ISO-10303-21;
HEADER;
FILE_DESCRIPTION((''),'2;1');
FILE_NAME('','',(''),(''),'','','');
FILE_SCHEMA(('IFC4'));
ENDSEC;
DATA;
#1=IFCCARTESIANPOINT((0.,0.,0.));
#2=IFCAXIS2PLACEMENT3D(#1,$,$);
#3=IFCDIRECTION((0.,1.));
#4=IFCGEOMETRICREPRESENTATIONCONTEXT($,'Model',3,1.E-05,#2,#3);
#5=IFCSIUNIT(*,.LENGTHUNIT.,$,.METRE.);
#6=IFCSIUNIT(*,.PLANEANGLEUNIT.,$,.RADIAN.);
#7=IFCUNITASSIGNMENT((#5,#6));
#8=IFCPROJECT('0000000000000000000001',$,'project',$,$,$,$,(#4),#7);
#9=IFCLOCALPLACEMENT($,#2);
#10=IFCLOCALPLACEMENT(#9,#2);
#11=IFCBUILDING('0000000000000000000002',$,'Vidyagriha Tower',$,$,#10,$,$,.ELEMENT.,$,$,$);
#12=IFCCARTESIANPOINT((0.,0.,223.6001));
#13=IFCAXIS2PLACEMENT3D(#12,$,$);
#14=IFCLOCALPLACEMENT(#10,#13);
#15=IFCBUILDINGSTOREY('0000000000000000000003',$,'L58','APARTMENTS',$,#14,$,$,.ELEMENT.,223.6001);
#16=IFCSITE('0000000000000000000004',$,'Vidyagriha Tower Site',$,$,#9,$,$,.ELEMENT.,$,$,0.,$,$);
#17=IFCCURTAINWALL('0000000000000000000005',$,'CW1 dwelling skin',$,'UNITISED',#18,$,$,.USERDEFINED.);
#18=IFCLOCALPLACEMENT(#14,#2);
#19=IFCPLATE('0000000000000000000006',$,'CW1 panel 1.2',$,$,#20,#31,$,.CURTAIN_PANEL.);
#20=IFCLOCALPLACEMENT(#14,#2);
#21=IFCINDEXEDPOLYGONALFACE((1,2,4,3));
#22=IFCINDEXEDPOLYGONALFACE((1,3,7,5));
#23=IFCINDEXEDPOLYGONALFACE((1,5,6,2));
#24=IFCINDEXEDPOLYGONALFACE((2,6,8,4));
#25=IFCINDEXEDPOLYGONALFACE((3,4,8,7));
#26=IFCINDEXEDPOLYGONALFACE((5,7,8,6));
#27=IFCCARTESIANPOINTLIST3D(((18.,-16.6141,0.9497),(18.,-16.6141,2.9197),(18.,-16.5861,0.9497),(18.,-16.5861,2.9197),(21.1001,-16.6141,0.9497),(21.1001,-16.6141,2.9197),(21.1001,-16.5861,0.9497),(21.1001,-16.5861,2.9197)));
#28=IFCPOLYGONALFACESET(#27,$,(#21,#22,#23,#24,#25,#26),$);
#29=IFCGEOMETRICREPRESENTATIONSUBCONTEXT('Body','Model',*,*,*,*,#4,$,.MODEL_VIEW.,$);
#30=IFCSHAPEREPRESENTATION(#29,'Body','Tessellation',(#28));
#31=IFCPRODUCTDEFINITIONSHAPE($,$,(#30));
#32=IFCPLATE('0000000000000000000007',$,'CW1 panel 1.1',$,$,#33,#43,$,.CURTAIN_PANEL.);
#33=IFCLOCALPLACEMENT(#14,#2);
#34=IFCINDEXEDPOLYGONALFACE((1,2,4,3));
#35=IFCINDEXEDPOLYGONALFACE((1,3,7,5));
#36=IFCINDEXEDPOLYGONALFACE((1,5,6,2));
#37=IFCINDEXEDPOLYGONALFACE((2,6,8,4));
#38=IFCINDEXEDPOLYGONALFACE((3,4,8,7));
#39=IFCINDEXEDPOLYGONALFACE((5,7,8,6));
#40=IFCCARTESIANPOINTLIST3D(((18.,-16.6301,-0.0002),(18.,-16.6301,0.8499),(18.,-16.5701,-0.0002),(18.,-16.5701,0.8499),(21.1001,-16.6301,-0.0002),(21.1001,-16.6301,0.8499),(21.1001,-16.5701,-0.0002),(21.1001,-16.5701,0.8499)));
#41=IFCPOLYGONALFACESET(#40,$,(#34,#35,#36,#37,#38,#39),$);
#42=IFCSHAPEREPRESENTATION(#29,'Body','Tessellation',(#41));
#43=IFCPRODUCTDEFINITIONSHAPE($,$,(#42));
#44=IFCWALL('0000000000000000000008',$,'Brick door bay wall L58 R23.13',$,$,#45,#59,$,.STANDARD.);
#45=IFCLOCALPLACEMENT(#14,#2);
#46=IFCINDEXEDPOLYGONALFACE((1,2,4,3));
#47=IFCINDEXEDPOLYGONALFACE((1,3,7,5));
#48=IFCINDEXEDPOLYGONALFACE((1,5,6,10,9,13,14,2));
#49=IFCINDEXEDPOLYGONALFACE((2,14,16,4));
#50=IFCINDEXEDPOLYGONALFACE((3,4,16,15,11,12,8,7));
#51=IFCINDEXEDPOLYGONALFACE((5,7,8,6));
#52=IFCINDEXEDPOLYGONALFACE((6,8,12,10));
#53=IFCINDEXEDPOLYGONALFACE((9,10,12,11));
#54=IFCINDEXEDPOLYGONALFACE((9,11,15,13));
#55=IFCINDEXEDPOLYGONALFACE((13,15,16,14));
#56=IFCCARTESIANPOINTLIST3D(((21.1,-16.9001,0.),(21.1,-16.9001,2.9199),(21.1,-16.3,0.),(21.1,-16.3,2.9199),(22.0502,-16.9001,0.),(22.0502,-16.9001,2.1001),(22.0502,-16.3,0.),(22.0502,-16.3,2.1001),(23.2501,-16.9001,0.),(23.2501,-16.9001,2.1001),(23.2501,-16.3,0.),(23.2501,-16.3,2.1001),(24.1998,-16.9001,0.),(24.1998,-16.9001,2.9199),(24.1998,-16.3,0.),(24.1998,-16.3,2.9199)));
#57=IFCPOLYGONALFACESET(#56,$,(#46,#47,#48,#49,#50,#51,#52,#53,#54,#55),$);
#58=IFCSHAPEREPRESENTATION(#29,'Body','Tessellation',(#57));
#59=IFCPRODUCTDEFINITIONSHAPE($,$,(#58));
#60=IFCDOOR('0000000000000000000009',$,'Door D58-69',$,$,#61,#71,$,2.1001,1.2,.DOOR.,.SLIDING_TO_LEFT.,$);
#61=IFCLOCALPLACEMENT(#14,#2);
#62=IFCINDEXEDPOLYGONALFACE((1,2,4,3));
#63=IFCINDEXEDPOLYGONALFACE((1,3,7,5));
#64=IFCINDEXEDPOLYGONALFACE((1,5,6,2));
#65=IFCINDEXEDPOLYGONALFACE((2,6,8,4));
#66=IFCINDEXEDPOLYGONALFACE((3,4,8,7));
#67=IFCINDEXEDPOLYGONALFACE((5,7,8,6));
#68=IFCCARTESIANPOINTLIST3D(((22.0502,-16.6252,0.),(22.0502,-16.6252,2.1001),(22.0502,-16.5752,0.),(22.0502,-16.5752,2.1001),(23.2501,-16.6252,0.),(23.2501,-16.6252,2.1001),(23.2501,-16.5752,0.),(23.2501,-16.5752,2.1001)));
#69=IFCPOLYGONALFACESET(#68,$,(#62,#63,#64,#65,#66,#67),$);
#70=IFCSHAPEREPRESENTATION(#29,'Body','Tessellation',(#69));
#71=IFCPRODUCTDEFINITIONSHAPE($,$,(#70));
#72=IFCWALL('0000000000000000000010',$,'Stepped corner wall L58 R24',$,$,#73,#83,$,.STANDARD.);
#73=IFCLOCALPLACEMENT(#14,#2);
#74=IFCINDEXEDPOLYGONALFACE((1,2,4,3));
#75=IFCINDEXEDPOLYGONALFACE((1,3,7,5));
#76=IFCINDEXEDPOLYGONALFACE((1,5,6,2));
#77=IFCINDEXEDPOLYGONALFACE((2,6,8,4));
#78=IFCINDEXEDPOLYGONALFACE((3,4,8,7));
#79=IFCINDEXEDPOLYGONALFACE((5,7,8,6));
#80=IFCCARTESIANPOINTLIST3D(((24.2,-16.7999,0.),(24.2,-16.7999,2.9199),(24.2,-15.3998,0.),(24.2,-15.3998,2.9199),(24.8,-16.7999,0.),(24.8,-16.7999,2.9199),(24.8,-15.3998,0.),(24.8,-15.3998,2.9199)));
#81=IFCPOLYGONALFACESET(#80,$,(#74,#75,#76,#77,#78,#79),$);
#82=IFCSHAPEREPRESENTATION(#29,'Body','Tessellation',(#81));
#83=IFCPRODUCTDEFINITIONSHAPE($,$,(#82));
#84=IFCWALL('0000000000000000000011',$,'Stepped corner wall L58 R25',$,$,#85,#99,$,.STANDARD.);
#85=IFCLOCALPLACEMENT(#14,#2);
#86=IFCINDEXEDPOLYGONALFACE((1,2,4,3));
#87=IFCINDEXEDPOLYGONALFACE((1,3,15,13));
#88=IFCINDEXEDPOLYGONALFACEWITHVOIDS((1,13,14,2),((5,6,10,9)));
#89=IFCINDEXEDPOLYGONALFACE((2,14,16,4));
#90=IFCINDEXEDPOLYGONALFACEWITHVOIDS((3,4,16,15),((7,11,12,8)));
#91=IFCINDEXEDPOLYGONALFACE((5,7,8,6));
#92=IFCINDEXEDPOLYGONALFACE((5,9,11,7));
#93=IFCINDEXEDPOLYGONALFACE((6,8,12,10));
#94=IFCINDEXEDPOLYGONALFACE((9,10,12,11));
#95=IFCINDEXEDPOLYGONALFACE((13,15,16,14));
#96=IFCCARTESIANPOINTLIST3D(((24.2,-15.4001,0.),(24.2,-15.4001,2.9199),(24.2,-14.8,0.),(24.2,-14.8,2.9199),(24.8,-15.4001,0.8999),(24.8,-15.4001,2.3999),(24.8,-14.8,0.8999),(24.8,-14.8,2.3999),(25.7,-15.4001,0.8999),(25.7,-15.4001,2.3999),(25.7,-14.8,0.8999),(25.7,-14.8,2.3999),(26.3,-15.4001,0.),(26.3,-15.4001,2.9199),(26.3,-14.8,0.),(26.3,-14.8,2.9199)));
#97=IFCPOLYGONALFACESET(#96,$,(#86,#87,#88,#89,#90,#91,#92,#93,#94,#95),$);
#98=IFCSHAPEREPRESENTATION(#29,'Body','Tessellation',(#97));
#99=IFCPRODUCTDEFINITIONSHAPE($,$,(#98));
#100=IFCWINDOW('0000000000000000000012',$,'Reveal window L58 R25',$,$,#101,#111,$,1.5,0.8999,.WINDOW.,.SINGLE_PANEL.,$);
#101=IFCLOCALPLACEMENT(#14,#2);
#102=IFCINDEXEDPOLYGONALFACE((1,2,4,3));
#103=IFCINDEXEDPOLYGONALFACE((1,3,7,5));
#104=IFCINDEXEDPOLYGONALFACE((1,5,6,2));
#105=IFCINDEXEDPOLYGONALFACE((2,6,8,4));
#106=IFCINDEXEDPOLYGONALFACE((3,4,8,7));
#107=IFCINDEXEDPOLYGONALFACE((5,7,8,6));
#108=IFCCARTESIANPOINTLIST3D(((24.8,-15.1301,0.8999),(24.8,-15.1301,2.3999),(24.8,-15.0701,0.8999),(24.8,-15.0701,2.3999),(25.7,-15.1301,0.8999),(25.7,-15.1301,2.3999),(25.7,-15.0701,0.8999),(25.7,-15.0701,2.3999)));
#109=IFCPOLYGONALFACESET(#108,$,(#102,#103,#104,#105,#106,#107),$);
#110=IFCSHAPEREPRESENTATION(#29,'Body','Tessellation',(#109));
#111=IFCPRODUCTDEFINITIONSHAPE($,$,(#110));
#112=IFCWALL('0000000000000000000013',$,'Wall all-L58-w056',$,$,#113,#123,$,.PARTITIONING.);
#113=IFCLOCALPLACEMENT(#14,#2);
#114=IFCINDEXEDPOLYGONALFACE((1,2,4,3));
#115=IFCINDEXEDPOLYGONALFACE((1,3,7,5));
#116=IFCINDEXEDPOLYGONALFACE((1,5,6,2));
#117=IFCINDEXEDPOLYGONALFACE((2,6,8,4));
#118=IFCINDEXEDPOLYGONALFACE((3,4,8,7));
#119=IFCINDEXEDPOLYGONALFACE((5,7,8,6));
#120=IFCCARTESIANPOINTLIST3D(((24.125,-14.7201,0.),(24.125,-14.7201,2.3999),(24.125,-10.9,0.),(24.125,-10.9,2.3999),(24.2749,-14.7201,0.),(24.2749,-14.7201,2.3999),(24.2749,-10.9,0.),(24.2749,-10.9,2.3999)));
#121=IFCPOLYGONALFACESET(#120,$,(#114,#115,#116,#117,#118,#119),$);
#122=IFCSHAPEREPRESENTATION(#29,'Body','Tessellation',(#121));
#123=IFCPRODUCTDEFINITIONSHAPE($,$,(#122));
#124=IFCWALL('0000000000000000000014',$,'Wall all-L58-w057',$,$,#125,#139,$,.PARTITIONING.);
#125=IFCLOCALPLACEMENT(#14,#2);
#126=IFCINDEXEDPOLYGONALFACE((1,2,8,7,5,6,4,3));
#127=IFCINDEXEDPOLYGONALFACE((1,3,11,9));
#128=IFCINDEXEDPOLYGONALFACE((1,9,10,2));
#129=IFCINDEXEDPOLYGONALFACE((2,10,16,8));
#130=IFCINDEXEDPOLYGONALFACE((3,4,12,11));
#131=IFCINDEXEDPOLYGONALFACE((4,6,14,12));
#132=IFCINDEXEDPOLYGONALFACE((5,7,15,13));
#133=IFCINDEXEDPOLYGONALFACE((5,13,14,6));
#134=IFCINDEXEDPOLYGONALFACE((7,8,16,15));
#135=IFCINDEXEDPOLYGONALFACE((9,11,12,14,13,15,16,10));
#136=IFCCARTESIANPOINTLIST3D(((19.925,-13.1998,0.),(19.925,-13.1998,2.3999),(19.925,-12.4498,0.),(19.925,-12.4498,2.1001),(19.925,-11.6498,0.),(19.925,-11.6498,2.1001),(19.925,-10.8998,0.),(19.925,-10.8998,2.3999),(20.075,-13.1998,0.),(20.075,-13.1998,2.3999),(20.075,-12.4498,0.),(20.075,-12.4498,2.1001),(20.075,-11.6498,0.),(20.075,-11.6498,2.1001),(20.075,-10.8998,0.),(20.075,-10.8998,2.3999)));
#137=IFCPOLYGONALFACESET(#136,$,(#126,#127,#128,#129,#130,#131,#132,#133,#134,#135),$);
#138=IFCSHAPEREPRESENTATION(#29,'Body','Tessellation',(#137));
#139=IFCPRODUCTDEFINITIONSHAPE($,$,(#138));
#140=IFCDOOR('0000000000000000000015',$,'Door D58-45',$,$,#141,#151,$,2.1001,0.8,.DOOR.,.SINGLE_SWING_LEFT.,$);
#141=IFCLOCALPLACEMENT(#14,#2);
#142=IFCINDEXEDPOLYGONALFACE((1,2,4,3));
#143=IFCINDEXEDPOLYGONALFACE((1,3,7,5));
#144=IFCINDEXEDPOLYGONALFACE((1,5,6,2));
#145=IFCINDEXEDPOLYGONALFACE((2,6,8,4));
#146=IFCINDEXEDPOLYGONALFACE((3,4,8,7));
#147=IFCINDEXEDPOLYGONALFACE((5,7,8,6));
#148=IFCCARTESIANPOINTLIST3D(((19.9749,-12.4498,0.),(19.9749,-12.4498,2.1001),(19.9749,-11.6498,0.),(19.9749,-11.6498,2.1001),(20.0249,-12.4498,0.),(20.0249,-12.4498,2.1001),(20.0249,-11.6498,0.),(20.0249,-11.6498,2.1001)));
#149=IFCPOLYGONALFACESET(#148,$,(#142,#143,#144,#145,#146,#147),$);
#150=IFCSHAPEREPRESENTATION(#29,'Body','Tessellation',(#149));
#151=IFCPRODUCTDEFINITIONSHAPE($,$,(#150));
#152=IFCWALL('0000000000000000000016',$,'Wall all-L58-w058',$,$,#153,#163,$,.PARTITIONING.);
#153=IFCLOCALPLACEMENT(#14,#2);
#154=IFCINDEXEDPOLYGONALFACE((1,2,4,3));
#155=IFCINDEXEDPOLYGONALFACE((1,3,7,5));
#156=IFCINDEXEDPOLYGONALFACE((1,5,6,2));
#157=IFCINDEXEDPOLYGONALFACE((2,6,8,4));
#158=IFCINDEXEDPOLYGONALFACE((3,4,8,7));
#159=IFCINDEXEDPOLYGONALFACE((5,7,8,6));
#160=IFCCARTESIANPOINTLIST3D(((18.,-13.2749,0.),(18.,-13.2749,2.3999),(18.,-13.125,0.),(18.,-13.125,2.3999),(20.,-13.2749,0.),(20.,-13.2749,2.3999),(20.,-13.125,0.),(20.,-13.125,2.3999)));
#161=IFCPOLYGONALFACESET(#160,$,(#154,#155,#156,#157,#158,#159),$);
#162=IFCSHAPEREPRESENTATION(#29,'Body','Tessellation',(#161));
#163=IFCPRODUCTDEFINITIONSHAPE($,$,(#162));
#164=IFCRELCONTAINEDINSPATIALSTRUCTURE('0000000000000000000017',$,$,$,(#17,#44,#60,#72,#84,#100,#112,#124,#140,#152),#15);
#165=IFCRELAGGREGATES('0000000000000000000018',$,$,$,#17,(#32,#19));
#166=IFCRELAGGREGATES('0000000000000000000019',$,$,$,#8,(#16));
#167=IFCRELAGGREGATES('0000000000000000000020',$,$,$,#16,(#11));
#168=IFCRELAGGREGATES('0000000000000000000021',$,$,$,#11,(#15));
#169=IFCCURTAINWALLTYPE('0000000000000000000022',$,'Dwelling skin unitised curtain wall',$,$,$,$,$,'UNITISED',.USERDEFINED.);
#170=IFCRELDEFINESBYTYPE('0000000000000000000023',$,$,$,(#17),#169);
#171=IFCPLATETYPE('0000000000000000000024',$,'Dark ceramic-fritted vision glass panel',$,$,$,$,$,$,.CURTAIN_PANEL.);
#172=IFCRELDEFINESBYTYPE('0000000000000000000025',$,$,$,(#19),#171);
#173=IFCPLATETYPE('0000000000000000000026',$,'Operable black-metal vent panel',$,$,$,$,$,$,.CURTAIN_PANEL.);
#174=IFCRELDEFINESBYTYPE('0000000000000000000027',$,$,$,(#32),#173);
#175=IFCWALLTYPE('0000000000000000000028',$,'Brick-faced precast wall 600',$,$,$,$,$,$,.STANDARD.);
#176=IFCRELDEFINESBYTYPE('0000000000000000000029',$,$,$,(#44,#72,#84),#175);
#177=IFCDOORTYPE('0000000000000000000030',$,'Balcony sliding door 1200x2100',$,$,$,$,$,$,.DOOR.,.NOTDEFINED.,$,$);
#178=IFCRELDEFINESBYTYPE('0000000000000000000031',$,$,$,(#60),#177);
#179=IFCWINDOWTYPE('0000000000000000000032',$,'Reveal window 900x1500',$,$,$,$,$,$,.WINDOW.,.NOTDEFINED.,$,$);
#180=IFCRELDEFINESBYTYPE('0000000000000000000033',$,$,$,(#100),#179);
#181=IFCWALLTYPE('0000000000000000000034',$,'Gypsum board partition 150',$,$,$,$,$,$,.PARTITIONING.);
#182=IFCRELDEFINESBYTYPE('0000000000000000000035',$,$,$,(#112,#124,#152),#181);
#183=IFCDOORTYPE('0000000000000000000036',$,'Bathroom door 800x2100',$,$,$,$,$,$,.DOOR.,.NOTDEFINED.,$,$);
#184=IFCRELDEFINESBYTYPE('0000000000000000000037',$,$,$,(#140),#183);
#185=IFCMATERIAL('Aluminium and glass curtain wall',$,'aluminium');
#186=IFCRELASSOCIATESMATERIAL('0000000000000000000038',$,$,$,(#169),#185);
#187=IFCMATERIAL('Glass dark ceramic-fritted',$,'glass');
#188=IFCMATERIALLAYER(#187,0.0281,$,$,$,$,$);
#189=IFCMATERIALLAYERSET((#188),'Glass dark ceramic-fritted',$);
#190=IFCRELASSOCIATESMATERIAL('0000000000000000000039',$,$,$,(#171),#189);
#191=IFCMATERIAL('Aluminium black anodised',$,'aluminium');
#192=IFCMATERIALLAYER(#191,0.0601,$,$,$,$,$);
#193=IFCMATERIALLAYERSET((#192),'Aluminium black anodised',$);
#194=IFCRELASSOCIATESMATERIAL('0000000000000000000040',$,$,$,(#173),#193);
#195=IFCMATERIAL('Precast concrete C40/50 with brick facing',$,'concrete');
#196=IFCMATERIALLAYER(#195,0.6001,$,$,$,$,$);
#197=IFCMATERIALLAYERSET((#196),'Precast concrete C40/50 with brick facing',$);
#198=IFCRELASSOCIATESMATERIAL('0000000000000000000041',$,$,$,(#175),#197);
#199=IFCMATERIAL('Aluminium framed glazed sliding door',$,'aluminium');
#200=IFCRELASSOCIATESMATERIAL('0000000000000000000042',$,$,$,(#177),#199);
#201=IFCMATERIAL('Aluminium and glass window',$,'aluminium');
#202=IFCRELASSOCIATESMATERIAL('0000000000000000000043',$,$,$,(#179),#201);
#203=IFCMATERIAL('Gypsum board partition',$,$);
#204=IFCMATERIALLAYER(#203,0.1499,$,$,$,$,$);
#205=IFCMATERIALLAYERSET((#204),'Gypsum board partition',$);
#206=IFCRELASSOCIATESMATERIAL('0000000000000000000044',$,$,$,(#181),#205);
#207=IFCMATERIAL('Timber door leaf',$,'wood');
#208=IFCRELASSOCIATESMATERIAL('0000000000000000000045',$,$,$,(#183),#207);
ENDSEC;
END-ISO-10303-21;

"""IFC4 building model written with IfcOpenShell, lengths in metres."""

from ifc_helpers import new_model, si_unit, direction, frame, frame_2d, origin, origin_2d, place, context, subcontext, project, spatial, rectangle, extrude, material, layer, layer_set, type_object, element, fill, aggregate, save


model = new_model("IFC4")

# Units and contexts
model_context = context("Model", 3, precision=1e-05, world=origin(), true_north=direction((0.0, 1.0)))
body_context = subcontext(model_context, "Body", "Model", "MODEL_VIEW")
ifc_project = project(units=[si_unit("LENGTHUNIT", "METRE"), si_unit("PLANEANGLEUNIT", "RADIAN")], contexts=[model_context])

# Site, building, storey
site_placement = place(None, origin())
site = spatial("IfcSite", under=ifc_project, at=site_placement, Name="Vidyagriha Tower Site", CompositionType="ELEMENT", RefElevation=0.0)
building_placement = place(site_placement, origin())
building = spatial("IfcBuilding", under=site, at=building_placement, Name="Vidyagriha Tower", CompositionType="ELEMENT")
storey_placement = place(building_placement, frame((0.0, 0.0, 223.6001)))
storey = spatial("IfcBuildingStorey", under=building, at=storey_placement, Name="L58", Description="APARTMENTS", CompositionType="ELEMENT", Elevation=223.6001)

# Curtain wall, plates
ifc_material_1 = material(Name="Aluminium and glass curtain wall", Category="aluminium")
curtain_wall_type = type_object("IfcCurtainWallType", Name="Dwelling skin unitised curtain wall", ElementType="UNITISED", PredefinedType="USERDEFINED", material=ifc_material_1)
curtain_wall_placement = place(storey_placement, origin())
curtain_wall = element("IfcCurtainWall", 1, at=curtain_wall_placement, inside=storey, type_object=curtain_wall_type, Name="CW1 dwelling skin", ObjectType="UNITISED", PredefinedType="USERDEFINED")
ifc_material_2 = material(Name="Glass dark ceramic-fritted", Category="glass")
ifc_layer_1 = layer(ifc_material_2, 0.0281)
ifc_layer_set_1 = layer_set([ifc_layer_1], Name="Glass dark ceramic-fritted")
plate_type_1 = type_object("IfcPlateType", Name="Dark ceramic-fritted vision glass panel", PredefinedType="CURTAIN_PANEL", material=ifc_layer_set_1)
plate_1_placement = place(storey_placement, frame((19.55, -16.6001, 0.9497)))
plate_1 = element("IfcPlate", 2, at=plate_1_placement, type_object=plate_type_1, Name="CW1 panel 1.2", PredefinedType="CURTAIN_PANEL", context=body_context, shape_type="SweptSolid", body=[
    extrude(rectangle(XDim=3.1001, YDim=0.0281, at=origin_2d()), origin(), (0.0, 0.0, 1.0), 1.97),
])
ifc_material_3 = material(Name="Aluminium black anodised", Category="aluminium")
ifc_layer_2 = layer(ifc_material_3, 0.0601)
ifc_layer_set_2 = layer_set([ifc_layer_2], Name="Aluminium black anodised")
plate_type_2 = type_object("IfcPlateType", Name="Operable black-metal vent panel", PredefinedType="CURTAIN_PANEL", material=ifc_layer_set_2)
plate_2_placement = place(storey_placement, frame((19.55, -16.6001, -0.0002)))
plate_2 = element("IfcPlate", 3, at=plate_2_placement, type_object=plate_type_2, Name="CW1 panel 1.1", PredefinedType="CURTAIN_PANEL", context=body_context, shape_type="SweptSolid", body=[
    extrude(rectangle(XDim=3.1001, YDim=0.0601, at=origin_2d()), origin(), (0.0, 0.0, 1.0), 0.8501),
])
aggregate(curtain_wall, [plate_2, plate_1])

# Wall, opening, door
ifc_material_4 = material(Name="Precast concrete C40/50 with brick facing", Category="concrete")
ifc_layer_3 = layer(ifc_material_4, 0.6001)
ifc_layer_set_3 = layer_set([ifc_layer_3], Name="Precast concrete C40/50 with brick facing")
wall_type_1 = type_object("IfcWallType", Name="Brick-faced precast wall 600", PredefinedType="STANDARD", material=ifc_layer_set_3)
wall_1_placement = place(storey_placement, frame((21.1001, -16.6001, 0.0)))
wall_1 = element("IfcWall", 4, at=wall_1_placement, inside=storey, type_object=wall_type_1, Name="Brick door bay wall L58 R23.13", PredefinedType="STANDARD", context=body_context, shape_type="SweptSolid", body=[
    extrude(rectangle(XDim=3.0999, YDim=0.6001, at=frame_2d((1.5498, 0.0))), origin(), (0.0, 0.0, 1.0), 2.9199),
])
opening_1_placement = place(wall_1_placement, frame((0.95, 0.0, 0.0)))
opening_1 = element("IfcOpeningElement", 5, at=opening_1_placement, cuts=wall_1, PredefinedType="OPENING", context=body_context, shape_type="SweptSolid", body=[
    extrude(rectangle(XDim=1.2, YDim=2.1001, at=frame_2d((0.6001, 1.05))), frame((0.0, 0.3101, 0.0), z_axis=(0.0, -1.0, 0.0), x_axis=(1.0, 0.0, 0.0)), (0.0, 0.0, 1.0), 0.6201),
])
ifc_material_5 = material(Name="Aluminium framed glazed sliding door", Category="aluminium")
door_type_1 = type_object("IfcDoorType", Name="Balcony sliding door 1200x2100", OperationType="NOTDEFINED", PredefinedType="DOOR", material=ifc_material_5)
door_1_placement = place(opening_1_placement, origin())
door_1 = element("IfcDoor", 6, at=door_1_placement, inside=storey, type_object=door_type_1, Name="Door D58-69", OperationType="SLIDING_TO_LEFT", OverallHeight=2.1001, OverallWidth=1.2, PredefinedType="DOOR", context=body_context, shape_type="SweptSolid", body=[
    extrude(rectangle(XDim=1.2, YDim=2.1001, at=frame_2d((0.6001, 1.05))), frame((0.0, 0.0249, 0.0), z_axis=(0.0, -1.0, 0.0), x_axis=(1.0, 0.0, 0.0)), (0.0, 0.0, 1.0), 0.05),
])
fill(opening_1, door_1)

# Wall
wall_2_placement = place(storey_placement, frame((24.5, -16.8, 0.0), z_axis=(0.0, 0.0, 1.0), x_axis=(0.0, 1.0, 0.0)))
element("IfcWall", 7, at=wall_2_placement, inside=storey, type_object=wall_type_1, Name="Stepped corner wall L58 R24", PredefinedType="STANDARD", context=body_context, shape_type="SweptSolid", body=[
    extrude(rectangle(XDim=1.4001, YDim=0.6001, at=frame_2d((0.7002, 0.0))), origin(), (0.0, 0.0, 1.0), 2.9199),
])

# Wall, opening, window
wall_3_placement = place(storey_placement, frame((24.2, -15.1001, 0.0)))
wall_3 = element("IfcWall", 8, at=wall_3_placement, inside=storey, type_object=wall_type_1, Name="Stepped corner wall L58 R25", PredefinedType="STANDARD", context=body_context, shape_type="SweptSolid", body=[
    extrude(rectangle(XDim=2.1001, YDim=0.6001, at=frame_2d((1.05, 0.0))), origin(), (0.0, 0.0, 1.0), 2.9199),
])
opening_2_placement = place(wall_3_placement, frame((0.6001, 0.0, 0.8999)))
opening_2 = element("IfcOpeningElement", 9, at=opening_2_placement, cuts=wall_3, PredefinedType="OPENING", context=body_context, shape_type="SweptSolid", body=[
    extrude(rectangle(XDim=0.8999, YDim=1.5, at=frame_2d((0.45, 0.75))), frame((0.0, 0.3101, 0.0), z_axis=(0.0, -1.0, 0.0), x_axis=(1.0, 0.0, 0.0)), (0.0, 0.0, 1.0), 0.6201),
])
ifc_material_6 = material(Name="Aluminium and glass window", Category="aluminium")
window_type = type_object("IfcWindowType", Name="Reveal window 900x1500", PartitioningType="NOTDEFINED", PredefinedType="WINDOW", material=ifc_material_6)
window_placement = place(opening_2_placement, origin())
window = element("IfcWindow", 10, at=window_placement, inside=storey, type_object=window_type, Name="Reveal window L58 R25", OverallHeight=1.5, OverallWidth=0.8999, PartitioningType="SINGLE_PANEL", PredefinedType="WINDOW", context=body_context, shape_type="SweptSolid", body=[
    extrude(rectangle(XDim=0.8999, YDim=1.5, at=frame_2d((0.45, 0.75))), frame((0.0, 0.03, 0.0), z_axis=(0.0, -1.0, 0.0), x_axis=(1.0, 0.0, 0.0)), (0.0, 0.0, 1.0), 0.0601),
])
fill(opening_2, window)

# Wall
ifc_material_7 = material(Name="Gypsum board partition")
ifc_layer_4 = layer(ifc_material_7, 0.1499)
ifc_layer_set_4 = layer_set([ifc_layer_4], Name="Gypsum board partition")
wall_type_2 = type_object("IfcWallType", Name="Gypsum board partition 150", PredefinedType="PARTITIONING", material=ifc_layer_set_4)
wall_4_placement = place(storey_placement, frame((24.2, -10.8999, 0.0), z_axis=(0.0, 0.0, 1.0), x_axis=(0.0, -1.0, 0.0)))
element("IfcWall", 11, at=wall_4_placement, inside=storey, type_object=wall_type_2, Name="Wall all-L58-w056", PredefinedType="PARTITIONING", context=body_context, shape_type="SweptSolid", body=[
    extrude(rectangle(XDim=3.8201, YDim=0.1499, at=frame_2d((1.9102, 0.0))), origin(), (0.0, 0.0, 1.0), 2.3999),
])

# Wall, opening, door
wall_5_placement = place(storey_placement, frame((20.0, -10.8999, 0.0), z_axis=(0.0, 0.0, 1.0), x_axis=(0.0, -1.0, 0.0)))
wall_5 = element("IfcWall", 12, at=wall_5_placement, inside=storey, type_object=wall_type_2, Name="Wall all-L58-w057", PredefinedType="PARTITIONING", context=body_context, shape_type="SweptSolid", body=[
    extrude(rectangle(XDim=2.3, YDim=0.1499, at=frame_2d((1.1499, 0.0))), origin(), (0.0, 0.0, 1.0), 2.3999),
])
opening_3_placement = place(wall_5_placement, frame((0.75, 0.0, 0.0)))
opening_3 = element("IfcOpeningElement", 13, at=opening_3_placement, cuts=wall_5, PredefinedType="OPENING", context=body_context, shape_type="SweptSolid", body=[
    extrude(rectangle(XDim=0.8, YDim=2.1001, at=frame_2d((0.3999, 1.05))), frame((0.0, 0.085, 0.0), z_axis=(0.0, -1.0, 0.0), x_axis=(1.0, 0.0, 0.0)), (0.0, 0.0, 1.0), 0.1699),
])
ifc_material_8 = material(Name="Timber door leaf", Category="wood")
door_type_2 = type_object("IfcDoorType", Name="Bathroom door 800x2100", OperationType="NOTDEFINED", PredefinedType="DOOR", material=ifc_material_8)
door_2_placement = place(opening_3_placement, origin())
door_2 = element("IfcDoor", 14, at=door_2_placement, inside=storey, type_object=door_type_2, Name="Door D58-45", OperationType="SINGLE_SWING_LEFT", OverallHeight=2.1001, OverallWidth=0.8, PredefinedType="DOOR", context=body_context, shape_type="SweptSolid", body=[
    extrude(rectangle(XDim=0.8, YDim=2.1001, at=frame_2d((0.3999, 1.05))), frame((0.0, 0.0249, 0.0), z_axis=(0.0, -1.0, 0.0), x_axis=(1.0, 0.0, 0.0)), (0.0, 0.0, 1.0), 0.05),
])
fill(opening_3, door_2)

# Wall
wall_6_placement = place(storey_placement, frame((20.0, -13.2, 0.0), z_axis=(0.0, 0.0, 1.0), x_axis=(-1.0, 0.0, 0.0)))
element("IfcWall", 15, at=wall_6_placement, inside=storey, type_object=wall_type_2, Name="Wall all-L58-w058", PredefinedType="PARTITIONING", context=body_context, shape_type="SweptSolid", body=[
    extrude(rectangle(XDim=2.0, YDim=0.1499, at=frame_2d((1.0, 0.0))), origin(), (0.0, 0.0, 1.0), 2.3999),
])

save(model, "model.ifc")
